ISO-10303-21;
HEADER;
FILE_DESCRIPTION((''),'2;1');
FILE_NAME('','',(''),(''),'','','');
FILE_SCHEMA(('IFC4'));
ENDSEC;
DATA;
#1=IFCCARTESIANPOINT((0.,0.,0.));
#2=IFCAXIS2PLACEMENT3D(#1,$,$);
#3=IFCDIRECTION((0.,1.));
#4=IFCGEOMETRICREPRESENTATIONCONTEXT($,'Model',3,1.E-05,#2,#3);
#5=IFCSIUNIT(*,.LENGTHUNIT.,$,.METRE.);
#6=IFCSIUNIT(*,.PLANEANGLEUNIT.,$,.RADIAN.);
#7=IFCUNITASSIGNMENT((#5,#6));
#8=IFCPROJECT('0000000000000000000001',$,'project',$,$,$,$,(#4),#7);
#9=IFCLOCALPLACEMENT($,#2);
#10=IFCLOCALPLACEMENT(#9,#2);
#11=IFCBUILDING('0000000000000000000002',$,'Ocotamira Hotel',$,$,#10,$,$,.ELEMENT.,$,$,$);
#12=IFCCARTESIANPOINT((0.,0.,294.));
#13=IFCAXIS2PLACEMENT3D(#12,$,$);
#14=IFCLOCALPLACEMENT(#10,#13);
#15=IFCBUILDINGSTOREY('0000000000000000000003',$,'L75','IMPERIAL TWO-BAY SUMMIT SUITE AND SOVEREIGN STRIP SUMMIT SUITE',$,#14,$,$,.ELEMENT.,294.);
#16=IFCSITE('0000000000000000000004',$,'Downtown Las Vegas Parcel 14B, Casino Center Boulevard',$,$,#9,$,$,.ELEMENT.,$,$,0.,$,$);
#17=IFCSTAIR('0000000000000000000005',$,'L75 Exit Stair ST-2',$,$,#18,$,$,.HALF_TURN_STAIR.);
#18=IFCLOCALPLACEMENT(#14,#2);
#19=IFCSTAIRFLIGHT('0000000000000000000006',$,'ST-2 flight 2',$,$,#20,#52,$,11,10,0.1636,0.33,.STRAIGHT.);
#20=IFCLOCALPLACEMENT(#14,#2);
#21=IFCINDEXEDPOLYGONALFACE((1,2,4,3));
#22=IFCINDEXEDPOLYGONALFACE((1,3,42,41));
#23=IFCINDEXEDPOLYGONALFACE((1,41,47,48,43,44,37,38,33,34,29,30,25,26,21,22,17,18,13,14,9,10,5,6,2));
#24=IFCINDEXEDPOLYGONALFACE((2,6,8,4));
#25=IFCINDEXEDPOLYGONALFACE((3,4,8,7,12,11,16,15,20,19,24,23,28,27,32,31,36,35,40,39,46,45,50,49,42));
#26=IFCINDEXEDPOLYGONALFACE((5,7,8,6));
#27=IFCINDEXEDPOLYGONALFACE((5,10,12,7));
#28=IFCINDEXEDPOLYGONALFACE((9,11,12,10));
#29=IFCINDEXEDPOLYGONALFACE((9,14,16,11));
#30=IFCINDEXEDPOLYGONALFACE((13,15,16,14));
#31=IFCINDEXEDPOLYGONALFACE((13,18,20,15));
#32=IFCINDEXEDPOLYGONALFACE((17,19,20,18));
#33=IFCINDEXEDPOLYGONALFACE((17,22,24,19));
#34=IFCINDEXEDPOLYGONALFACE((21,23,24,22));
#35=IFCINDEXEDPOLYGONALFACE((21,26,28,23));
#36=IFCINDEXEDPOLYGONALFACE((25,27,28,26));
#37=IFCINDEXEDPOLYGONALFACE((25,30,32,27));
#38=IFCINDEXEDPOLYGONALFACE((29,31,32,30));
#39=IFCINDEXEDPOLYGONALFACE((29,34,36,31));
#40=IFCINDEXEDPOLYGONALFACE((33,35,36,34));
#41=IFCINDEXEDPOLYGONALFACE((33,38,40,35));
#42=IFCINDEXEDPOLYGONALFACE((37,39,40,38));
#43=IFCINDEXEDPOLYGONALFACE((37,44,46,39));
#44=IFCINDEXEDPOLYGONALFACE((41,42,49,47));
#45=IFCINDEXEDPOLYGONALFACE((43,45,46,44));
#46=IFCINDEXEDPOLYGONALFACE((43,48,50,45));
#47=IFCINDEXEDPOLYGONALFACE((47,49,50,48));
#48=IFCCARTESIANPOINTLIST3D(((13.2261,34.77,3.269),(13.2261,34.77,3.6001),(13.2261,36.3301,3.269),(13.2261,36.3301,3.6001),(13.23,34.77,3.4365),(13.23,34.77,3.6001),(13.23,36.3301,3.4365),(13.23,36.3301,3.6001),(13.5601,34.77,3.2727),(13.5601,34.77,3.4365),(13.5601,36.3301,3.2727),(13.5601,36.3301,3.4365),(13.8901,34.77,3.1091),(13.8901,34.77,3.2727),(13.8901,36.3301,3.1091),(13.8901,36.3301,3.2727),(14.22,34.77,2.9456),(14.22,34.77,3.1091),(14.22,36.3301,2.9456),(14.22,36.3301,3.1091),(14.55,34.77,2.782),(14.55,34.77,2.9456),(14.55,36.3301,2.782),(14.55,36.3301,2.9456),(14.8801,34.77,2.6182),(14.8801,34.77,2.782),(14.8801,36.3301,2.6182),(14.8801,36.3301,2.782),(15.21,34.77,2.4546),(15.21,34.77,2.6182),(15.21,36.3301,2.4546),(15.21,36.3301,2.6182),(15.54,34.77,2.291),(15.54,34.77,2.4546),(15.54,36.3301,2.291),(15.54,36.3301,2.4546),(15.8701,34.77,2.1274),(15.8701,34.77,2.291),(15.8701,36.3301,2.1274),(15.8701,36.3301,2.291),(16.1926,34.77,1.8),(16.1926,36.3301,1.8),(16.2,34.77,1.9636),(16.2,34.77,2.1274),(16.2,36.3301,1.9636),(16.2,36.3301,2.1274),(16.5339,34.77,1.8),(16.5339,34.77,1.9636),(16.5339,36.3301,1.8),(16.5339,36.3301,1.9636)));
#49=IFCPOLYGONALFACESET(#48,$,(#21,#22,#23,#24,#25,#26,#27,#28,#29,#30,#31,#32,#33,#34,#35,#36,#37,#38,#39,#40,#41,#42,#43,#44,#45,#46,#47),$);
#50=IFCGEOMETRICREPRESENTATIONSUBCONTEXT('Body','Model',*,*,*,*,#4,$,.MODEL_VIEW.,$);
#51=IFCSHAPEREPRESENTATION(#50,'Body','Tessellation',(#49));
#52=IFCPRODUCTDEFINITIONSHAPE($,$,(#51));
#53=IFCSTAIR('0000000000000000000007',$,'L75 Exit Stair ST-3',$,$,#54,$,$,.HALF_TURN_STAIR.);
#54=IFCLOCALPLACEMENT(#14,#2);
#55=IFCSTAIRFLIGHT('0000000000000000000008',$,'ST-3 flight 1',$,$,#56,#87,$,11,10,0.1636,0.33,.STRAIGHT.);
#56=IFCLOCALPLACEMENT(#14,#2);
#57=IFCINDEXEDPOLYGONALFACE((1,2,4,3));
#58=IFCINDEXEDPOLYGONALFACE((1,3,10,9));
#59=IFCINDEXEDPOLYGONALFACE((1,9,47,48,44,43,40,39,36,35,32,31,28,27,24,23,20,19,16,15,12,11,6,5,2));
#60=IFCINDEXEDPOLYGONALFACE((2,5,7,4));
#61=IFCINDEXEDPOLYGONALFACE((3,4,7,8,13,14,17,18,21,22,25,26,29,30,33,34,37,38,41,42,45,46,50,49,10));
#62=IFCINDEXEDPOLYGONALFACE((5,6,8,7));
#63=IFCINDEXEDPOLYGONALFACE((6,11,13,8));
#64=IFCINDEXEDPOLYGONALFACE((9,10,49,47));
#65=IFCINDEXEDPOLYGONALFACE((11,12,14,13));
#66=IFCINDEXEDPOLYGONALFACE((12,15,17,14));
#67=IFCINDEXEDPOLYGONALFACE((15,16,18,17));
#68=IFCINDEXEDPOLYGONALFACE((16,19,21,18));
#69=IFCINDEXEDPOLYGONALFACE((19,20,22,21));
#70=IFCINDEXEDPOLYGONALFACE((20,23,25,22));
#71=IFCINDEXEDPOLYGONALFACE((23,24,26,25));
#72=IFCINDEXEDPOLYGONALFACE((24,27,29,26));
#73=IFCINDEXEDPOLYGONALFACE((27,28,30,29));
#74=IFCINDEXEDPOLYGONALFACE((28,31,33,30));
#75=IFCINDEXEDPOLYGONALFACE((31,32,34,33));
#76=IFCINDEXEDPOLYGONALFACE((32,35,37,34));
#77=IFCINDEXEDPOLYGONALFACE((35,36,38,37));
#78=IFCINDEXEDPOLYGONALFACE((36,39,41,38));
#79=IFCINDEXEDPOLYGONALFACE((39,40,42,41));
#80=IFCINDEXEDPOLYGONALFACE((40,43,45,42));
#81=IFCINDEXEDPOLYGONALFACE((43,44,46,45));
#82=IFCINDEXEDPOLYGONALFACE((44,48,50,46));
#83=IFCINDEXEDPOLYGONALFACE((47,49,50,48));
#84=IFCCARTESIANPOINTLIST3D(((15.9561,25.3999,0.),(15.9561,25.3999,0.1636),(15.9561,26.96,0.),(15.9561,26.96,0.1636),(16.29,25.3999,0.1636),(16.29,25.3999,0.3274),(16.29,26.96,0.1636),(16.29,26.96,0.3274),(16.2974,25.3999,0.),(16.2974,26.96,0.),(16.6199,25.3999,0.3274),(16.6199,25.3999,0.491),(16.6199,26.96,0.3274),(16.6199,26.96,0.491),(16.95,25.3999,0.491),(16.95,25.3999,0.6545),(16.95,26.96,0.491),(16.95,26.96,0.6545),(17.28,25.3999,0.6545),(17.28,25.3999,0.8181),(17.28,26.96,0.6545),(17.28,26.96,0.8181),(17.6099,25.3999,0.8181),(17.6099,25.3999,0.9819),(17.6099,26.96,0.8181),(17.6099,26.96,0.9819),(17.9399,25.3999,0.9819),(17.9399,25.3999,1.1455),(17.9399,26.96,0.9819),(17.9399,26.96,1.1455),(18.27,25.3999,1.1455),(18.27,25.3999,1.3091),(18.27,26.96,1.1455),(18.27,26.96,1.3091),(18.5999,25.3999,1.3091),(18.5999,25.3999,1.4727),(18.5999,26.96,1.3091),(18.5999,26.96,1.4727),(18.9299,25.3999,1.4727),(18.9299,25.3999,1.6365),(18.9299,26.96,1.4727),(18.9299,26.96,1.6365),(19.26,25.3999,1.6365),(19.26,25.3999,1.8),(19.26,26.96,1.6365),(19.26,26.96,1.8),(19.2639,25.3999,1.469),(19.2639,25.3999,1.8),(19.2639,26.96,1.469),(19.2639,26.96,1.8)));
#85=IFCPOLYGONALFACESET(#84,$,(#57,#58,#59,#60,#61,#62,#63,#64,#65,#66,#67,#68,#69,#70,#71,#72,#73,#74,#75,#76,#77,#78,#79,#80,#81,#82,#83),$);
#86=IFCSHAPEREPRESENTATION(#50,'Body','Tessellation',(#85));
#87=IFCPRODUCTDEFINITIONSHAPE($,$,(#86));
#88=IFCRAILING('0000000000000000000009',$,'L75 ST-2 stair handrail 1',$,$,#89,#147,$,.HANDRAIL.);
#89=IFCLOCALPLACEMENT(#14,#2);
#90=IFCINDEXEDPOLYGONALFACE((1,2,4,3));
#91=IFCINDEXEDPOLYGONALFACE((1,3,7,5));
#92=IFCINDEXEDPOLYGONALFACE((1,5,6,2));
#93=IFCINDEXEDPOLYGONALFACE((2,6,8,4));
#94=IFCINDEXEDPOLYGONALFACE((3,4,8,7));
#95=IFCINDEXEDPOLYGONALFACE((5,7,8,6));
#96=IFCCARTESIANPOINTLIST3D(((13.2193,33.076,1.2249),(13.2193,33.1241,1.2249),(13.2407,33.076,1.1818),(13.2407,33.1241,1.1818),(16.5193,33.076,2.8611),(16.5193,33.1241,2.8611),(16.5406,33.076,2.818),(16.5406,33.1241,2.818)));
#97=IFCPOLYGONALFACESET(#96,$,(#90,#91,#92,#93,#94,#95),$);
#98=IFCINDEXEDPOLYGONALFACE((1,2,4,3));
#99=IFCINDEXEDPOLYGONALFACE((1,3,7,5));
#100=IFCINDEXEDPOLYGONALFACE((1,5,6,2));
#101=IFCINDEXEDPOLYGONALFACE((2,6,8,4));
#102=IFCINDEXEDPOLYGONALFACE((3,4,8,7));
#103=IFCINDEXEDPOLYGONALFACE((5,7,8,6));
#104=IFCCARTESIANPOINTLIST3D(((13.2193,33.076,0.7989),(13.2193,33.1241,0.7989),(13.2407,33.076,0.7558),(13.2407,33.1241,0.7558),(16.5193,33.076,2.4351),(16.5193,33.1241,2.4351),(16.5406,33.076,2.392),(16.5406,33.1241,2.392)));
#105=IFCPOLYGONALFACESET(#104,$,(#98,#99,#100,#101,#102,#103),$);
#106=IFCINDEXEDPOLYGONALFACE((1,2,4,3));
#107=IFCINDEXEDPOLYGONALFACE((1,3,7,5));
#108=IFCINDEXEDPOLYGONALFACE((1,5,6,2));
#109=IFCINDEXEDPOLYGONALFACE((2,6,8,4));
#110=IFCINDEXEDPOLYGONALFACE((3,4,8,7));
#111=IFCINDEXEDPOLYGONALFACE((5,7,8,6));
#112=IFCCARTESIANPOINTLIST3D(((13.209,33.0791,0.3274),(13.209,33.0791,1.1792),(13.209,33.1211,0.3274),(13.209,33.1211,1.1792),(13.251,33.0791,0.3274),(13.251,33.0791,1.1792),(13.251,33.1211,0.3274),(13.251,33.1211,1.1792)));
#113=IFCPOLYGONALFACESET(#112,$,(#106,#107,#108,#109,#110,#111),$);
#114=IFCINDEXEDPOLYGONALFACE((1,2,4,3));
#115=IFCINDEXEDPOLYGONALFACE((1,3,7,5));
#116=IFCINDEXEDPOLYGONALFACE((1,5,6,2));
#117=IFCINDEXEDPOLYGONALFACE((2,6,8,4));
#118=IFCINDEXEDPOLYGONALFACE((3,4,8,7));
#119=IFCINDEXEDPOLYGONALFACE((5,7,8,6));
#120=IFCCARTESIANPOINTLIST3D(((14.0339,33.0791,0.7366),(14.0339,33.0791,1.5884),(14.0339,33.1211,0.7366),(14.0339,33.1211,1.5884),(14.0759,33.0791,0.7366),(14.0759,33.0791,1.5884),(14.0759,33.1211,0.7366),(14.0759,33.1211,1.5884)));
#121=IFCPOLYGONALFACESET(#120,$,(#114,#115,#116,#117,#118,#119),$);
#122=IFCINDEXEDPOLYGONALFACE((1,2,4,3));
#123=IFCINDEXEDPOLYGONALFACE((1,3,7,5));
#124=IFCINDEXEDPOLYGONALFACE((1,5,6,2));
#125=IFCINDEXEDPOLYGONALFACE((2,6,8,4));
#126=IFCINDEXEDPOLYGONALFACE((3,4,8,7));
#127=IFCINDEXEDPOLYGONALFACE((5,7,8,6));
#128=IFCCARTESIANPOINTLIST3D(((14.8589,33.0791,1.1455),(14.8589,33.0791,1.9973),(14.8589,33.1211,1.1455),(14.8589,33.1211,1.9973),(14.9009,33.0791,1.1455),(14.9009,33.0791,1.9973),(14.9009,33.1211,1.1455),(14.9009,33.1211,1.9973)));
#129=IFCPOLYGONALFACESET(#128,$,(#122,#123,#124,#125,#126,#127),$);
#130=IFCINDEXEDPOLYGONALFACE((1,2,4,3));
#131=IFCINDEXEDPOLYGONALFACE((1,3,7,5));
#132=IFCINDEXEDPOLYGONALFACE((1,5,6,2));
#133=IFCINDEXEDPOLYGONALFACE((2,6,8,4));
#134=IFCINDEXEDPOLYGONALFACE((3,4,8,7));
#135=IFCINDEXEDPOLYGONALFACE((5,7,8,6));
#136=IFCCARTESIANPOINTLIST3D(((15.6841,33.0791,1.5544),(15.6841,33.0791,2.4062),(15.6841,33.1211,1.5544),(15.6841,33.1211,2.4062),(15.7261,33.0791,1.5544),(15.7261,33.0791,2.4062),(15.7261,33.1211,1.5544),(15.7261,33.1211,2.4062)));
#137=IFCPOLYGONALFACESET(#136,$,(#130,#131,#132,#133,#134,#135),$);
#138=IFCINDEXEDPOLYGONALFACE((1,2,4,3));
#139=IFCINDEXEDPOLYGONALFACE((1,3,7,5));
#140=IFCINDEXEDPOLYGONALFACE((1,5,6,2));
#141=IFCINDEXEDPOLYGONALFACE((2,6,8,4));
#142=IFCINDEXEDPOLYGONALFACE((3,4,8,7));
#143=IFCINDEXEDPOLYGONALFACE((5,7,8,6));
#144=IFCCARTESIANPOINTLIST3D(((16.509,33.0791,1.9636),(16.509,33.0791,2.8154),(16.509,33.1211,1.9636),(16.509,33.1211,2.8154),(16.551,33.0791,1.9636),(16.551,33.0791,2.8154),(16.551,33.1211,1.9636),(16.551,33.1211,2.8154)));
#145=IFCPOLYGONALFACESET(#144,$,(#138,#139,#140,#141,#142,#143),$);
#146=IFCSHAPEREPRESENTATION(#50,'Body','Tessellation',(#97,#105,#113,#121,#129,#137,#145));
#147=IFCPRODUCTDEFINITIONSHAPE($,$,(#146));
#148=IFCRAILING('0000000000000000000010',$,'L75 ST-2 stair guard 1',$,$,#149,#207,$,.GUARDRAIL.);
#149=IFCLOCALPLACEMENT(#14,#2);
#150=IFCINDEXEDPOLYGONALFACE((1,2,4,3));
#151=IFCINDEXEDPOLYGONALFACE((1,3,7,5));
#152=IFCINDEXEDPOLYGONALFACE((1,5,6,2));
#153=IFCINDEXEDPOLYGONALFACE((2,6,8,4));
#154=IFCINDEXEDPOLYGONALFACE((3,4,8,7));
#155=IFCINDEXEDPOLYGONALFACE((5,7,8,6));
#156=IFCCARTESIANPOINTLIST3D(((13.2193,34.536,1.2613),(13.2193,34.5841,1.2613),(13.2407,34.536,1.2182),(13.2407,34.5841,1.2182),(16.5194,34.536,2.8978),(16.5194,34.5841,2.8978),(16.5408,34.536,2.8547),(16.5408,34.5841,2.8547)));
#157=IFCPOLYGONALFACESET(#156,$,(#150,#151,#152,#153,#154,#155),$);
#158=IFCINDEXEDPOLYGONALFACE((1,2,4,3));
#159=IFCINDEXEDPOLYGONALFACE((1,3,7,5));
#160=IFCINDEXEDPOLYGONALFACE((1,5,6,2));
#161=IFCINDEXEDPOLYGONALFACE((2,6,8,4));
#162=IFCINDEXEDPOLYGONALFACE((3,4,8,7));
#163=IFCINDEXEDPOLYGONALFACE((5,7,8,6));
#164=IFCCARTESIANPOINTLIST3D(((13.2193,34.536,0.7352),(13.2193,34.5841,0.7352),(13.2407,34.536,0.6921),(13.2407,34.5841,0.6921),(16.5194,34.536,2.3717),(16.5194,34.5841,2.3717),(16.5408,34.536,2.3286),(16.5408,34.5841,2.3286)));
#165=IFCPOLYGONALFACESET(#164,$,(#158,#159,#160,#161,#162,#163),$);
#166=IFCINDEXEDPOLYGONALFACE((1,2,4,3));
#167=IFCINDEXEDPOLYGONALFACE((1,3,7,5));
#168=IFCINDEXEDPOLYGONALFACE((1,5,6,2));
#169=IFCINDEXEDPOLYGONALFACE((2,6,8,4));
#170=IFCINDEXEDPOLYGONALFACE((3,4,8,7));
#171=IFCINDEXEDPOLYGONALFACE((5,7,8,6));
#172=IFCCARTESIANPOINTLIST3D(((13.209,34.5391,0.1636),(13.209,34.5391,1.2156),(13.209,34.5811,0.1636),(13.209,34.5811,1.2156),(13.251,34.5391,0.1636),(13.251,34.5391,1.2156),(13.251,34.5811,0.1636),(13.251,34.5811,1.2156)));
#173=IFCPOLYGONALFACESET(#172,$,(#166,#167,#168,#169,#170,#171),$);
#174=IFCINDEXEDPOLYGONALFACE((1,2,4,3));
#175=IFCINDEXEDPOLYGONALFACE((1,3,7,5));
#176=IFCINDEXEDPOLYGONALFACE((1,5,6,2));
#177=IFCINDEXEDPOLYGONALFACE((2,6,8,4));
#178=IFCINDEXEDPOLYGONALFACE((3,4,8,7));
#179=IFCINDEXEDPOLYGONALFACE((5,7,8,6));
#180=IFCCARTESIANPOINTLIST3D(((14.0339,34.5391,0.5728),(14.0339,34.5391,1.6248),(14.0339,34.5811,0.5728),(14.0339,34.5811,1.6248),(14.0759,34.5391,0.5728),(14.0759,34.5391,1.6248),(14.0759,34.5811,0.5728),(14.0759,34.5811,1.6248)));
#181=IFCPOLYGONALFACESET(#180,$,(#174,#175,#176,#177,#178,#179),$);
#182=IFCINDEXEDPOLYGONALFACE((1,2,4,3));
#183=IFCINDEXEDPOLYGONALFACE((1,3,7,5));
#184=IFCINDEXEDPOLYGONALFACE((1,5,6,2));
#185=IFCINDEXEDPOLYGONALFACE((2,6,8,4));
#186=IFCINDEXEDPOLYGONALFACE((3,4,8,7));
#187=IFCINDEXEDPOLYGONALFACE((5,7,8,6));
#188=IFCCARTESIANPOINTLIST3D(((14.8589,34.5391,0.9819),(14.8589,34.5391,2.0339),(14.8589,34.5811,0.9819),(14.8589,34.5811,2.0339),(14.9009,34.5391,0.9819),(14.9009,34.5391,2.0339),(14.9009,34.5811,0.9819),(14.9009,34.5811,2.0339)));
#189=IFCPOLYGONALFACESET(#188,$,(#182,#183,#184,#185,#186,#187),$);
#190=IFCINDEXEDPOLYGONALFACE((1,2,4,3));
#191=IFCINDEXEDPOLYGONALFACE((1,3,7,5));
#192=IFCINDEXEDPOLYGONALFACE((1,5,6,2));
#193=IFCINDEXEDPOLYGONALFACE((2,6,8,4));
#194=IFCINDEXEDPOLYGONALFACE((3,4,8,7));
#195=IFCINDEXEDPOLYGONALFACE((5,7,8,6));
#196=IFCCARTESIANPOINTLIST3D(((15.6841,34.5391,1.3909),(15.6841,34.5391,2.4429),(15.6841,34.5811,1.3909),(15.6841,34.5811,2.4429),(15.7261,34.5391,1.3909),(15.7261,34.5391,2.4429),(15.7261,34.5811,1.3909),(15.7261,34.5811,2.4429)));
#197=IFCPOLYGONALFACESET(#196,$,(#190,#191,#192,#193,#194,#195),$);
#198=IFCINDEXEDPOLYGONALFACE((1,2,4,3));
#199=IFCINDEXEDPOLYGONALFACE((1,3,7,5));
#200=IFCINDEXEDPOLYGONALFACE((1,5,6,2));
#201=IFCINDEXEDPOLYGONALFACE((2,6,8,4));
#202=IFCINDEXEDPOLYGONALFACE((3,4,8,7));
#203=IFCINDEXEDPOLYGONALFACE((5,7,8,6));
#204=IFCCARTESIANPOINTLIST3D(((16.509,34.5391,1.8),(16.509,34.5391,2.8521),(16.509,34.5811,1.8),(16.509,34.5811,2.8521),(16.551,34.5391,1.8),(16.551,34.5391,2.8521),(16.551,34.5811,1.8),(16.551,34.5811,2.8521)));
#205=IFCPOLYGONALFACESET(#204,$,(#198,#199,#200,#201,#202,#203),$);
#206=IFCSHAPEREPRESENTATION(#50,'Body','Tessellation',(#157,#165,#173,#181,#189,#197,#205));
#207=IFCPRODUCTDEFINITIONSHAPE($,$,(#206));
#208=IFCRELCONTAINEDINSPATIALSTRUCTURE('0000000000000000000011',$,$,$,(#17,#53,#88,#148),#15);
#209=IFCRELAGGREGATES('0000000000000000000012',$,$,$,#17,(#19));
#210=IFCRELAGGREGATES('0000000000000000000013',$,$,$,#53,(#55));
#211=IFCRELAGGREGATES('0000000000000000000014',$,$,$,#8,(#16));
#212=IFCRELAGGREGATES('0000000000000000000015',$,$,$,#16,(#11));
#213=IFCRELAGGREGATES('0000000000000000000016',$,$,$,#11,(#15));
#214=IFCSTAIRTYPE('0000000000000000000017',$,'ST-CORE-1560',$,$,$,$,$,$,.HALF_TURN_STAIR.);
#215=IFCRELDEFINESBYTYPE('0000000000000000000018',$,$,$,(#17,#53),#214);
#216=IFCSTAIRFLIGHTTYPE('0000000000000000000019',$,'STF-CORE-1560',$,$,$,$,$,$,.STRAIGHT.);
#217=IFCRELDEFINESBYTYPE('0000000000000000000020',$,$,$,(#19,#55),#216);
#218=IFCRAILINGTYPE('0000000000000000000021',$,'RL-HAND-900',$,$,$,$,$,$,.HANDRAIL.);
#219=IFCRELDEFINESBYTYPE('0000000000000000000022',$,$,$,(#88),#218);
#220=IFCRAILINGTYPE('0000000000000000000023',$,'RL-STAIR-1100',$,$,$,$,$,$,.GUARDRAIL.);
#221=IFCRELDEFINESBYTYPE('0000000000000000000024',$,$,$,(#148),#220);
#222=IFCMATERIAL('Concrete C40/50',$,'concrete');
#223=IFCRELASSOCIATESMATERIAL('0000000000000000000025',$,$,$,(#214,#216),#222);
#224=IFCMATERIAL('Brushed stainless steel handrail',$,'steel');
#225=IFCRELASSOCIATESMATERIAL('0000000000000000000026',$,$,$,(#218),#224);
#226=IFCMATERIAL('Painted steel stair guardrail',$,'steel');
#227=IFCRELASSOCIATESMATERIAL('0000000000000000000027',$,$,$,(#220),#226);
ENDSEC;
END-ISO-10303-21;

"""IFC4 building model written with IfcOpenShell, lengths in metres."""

from ifc_helpers import new_model, si_unit, direction, frame, origin, origin_2d, place, context, subcontext, project, spatial, polyline, rectangle, outline, extrude, source, transform, mapped, material, type_object, element, aggregate, save


model = new_model("IFC4")

# Units and contexts
model_context = context("Model", 3, precision=1e-05, world=origin(), true_north=direction((0.0, 1.0)))
body_context = subcontext(model_context, "Body", "Model", "MODEL_VIEW")
ifc_project = project(units=[si_unit("LENGTHUNIT", "METRE"), si_unit("PLANEANGLEUNIT", "RADIAN")], contexts=[model_context])

# Site, building, storey
site_placement = place(None, origin())
site = spatial("IfcSite", under=ifc_project, at=site_placement, Name="Downtown Las Vegas Parcel 14B, Casino Center Boulevard", CompositionType="ELEMENT", RefElevation=0.0)
building_placement = place(site_placement, origin())
building = spatial("IfcBuilding", under=site, at=building_placement, Name="Ocotamira Hotel", CompositionType="ELEMENT")
storey_placement = place(building_placement, frame((0.0, 0.0, 294.0)))
storey = spatial("IfcBuildingStorey", under=building, at=storey_placement, Name="L75", Description="IMPERIAL TWO-BAY SUMMIT SUITE AND SOVEREIGN STRIP SUMMIT SUITE", CompositionType="ELEMENT", Elevation=294.0)

# Stair, stair flight
ifc_material_1 = material(Name="Concrete C40/50", Category="concrete")
stair_type = type_object("IfcStairType", Name="ST-CORE-1560", PredefinedType="HALF_TURN_STAIR", material=ifc_material_1)
stair_1_placement = place(storey_placement, origin())
stair_1 = element("IfcStair", 1, at=stair_1_placement, inside=storey, type_object=stair_type, Name="L75 Exit Stair ST-2", PredefinedType="HALF_TURN_STAIR")
stair_flight_type = type_object("IfcStairFlightType", Name="STF-CORE-1560", PredefinedType="STRAIGHT", material=ifc_material_1)
shared_shape_1 = source(origin(), body_context, "Body", "SweptSolid", [
    extrude(outline(polyline([(-0.0039, 0.0), (-0.0039, 0.1636), (0.3301, 0.1636), (0.3301, 0.3274), (0.6599, 0.3274), (0.6599, 0.491), (0.99, 0.491), (0.99, 0.6545), (1.3201, 0.6545), (1.3201, 0.8181), (1.6499, 0.8181), (1.6499, 0.9819), (1.98, 0.9819), (1.98, 1.1455), (2.3101, 1.1455), (2.3101, 1.3091), (2.6399, 1.3091), (2.6399, 1.4727), (2.97, 1.4727), (2.97, 1.6365), (3.3, 1.6365), (3.3, 1.8), (3.304, 1.8), (3.304, 1.469), (0.3374, 0.0), (-0.0039, 0.0)])), frame((0.0, 0.78, 0.0), z_axis=(0.0, -1.0, 0.0), x_axis=(1.0, 0.0, 0.0)), (0.0, 0.0, 1.0), 1.5601),
])
stair_flight_1_placement = place(storey_placement, frame((16.53, 35.55, 1.8), z_axis=(0.0, 0.0, 1.0), x_axis=(-1.0, 0.0, 0.0)))
stair_flight_1 = element("IfcStairFlight", 2, at=stair_flight_1_placement, type_object=stair_flight_type, Name="ST-2 flight 2", NumberOfRisers=11, NumberOfTreads=10, PredefinedType="STRAIGHT", RiserHeight=0.1636, TreadLength=0.33, context=body_context, shape_type="MappedRepresentation", body=[
    mapped(shared_shape_1, transform((0.0, 0.0, 0.0), scale=1.0)),
])
aggregate(stair_1, [stair_flight_1])

# Stair, stair flight
stair_2_placement = place(storey_placement, origin())
stair_2 = element("IfcStair", 3, at=stair_2_placement, inside=storey, type_object=stair_type, Name="L75 Exit Stair ST-3", PredefinedType="HALF_TURN_STAIR")
stair_flight_2_placement = place(storey_placement, frame((15.96, 26.1799, 0.0), z_axis=(0.0, 0.0, 1.0), x_axis=(1.0, 0.0, 0.0)))
stair_flight_2 = element("IfcStairFlight", 4, at=stair_flight_2_placement, type_object=stair_flight_type, Name="ST-3 flight 1", NumberOfRisers=11, NumberOfTreads=10, PredefinedType="STRAIGHT", RiserHeight=0.1636, TreadLength=0.33, context=body_context, shape_type="MappedRepresentation", body=[
    mapped(shared_shape_1, transform((0.0, 0.0, 0.0), scale=1.0)),
])
aggregate(stair_2, [stair_flight_2])

# Railings
ifc_material_2 = material(Name="Brushed stainless steel handrail", Category="steel")
railing_type_1 = type_object("IfcRailingType", Name="RL-HAND-900", PredefinedType="HANDRAIL", material=ifc_material_2)
railing_1_placement = place(storey_placement, frame((13.23, 33.1001, 0.3274)))
element("IfcRailing", 5, at=railing_1_placement, inside=storey, type_object=railing_type_1, Name="L75 ST-2 stair handrail 1", PredefinedType="HANDRAIL", context=body_context, shape_type="SweptSolid", body=[
    extrude(rectangle(XDim=0.0481, YDim=0.0481, at=origin_2d()), frame((0.0, 0.0, 0.876), z_axis=(0.89592, 0.0, 0.444215), x_axis=(0.0, 1.0, 0.0)), (0.0, 0.0, 1.0), 3.6833),
    extrude(rectangle(XDim=0.0481, YDim=0.0481, at=origin_2d()), frame((0.0, 0.0, 0.45), z_axis=(0.89592, 0.0, 0.444215), x_axis=(0.0, 1.0, 0.0)), (0.0, 0.0, 1.0), 3.6833),
    extrude(rectangle(XDim=0.042, YDim=0.042, at=origin_2d()), origin(), (0.0, 0.0, 1.0), 0.8518),
    extrude(rectangle(XDim=0.042, YDim=0.042, at=origin_2d()), frame((0.825, 0.0, 0.4092)), (0.0, 0.0, 1.0), 0.8518),
    extrude(rectangle(XDim=0.042, YDim=0.042, at=origin_2d()), frame((1.6499, 0.0, 0.8181)), (0.0, 0.0, 1.0), 0.8518),
    extrude(rectangle(XDim=0.042, YDim=0.042, at=origin_2d()), frame((2.4751, 0.0, 1.2271)), (0.0, 0.0, 1.0), 0.8518),
    extrude(rectangle(XDim=0.042, YDim=0.042, at=origin_2d()), frame((3.3, 0.0, 1.6362)), (0.0, 0.0, 1.0), 0.8518),
])
ifc_material_3 = material(Name="Painted steel stair guardrail", Category="steel")
railing_type_2 = type_object("IfcRailingType", Name="RL-STAIR-1100", PredefinedType="GUARDRAIL", material=ifc_material_3)
railing_2_placement = place(storey_placement, frame((13.23, 34.5601, 0.1636)))
element("IfcRailing", 6, at=railing_2_placement, inside=storey, type_object=railing_type_2, Name="L75 ST-2 stair guard 1", PredefinedType="GUARDRAIL", context=body_context, shape_type="SweptSolid", body=[
    extrude(rectangle(XDim=0.0481, YDim=0.0481, at=origin_2d()), frame((0.0, 0.0, 1.0762), z_axis=(0.895894, 0.0, 0.444268), x_axis=(0.0, 1.0, 0.0)), (0.0, 0.0, 1.0), 3.6836),
    extrude(rectangle(XDim=0.0481, YDim=0.0481, at=origin_2d()), frame((0.0, 0.0, 0.55), z_axis=(0.895894, 0.0, 0.444268), x_axis=(0.0, 1.0, 0.0)), (0.0, 0.0, 1.0), 3.6836),
    extrude(rectangle(XDim=0.042, YDim=0.042, at=origin_2d()), origin(), (0.0, 0.0, 1.0), 1.052),
    extrude(rectangle(XDim=0.042, YDim=0.042, at=origin_2d()), frame((0.825, 0.0, 0.4092)), (0.0, 0.0, 1.0), 1.052),
    extrude(rectangle(XDim=0.042, YDim=0.042, at=origin_2d()), frame((1.6499, 0.0, 0.8184)), (0.0, 0.0, 1.0), 1.052),
    extrude(rectangle(XDim=0.042, YDim=0.042, at=origin_2d()), frame((2.4751, 0.0, 1.2273)), (0.0, 0.0, 1.0), 1.052),
    extrude(rectangle(XDim=0.042, YDim=0.042, at=origin_2d()), frame((3.3, 0.0, 1.6365)), (0.0, 0.0, 1.0), 1.052),
])

save(model, "model.ifc")
